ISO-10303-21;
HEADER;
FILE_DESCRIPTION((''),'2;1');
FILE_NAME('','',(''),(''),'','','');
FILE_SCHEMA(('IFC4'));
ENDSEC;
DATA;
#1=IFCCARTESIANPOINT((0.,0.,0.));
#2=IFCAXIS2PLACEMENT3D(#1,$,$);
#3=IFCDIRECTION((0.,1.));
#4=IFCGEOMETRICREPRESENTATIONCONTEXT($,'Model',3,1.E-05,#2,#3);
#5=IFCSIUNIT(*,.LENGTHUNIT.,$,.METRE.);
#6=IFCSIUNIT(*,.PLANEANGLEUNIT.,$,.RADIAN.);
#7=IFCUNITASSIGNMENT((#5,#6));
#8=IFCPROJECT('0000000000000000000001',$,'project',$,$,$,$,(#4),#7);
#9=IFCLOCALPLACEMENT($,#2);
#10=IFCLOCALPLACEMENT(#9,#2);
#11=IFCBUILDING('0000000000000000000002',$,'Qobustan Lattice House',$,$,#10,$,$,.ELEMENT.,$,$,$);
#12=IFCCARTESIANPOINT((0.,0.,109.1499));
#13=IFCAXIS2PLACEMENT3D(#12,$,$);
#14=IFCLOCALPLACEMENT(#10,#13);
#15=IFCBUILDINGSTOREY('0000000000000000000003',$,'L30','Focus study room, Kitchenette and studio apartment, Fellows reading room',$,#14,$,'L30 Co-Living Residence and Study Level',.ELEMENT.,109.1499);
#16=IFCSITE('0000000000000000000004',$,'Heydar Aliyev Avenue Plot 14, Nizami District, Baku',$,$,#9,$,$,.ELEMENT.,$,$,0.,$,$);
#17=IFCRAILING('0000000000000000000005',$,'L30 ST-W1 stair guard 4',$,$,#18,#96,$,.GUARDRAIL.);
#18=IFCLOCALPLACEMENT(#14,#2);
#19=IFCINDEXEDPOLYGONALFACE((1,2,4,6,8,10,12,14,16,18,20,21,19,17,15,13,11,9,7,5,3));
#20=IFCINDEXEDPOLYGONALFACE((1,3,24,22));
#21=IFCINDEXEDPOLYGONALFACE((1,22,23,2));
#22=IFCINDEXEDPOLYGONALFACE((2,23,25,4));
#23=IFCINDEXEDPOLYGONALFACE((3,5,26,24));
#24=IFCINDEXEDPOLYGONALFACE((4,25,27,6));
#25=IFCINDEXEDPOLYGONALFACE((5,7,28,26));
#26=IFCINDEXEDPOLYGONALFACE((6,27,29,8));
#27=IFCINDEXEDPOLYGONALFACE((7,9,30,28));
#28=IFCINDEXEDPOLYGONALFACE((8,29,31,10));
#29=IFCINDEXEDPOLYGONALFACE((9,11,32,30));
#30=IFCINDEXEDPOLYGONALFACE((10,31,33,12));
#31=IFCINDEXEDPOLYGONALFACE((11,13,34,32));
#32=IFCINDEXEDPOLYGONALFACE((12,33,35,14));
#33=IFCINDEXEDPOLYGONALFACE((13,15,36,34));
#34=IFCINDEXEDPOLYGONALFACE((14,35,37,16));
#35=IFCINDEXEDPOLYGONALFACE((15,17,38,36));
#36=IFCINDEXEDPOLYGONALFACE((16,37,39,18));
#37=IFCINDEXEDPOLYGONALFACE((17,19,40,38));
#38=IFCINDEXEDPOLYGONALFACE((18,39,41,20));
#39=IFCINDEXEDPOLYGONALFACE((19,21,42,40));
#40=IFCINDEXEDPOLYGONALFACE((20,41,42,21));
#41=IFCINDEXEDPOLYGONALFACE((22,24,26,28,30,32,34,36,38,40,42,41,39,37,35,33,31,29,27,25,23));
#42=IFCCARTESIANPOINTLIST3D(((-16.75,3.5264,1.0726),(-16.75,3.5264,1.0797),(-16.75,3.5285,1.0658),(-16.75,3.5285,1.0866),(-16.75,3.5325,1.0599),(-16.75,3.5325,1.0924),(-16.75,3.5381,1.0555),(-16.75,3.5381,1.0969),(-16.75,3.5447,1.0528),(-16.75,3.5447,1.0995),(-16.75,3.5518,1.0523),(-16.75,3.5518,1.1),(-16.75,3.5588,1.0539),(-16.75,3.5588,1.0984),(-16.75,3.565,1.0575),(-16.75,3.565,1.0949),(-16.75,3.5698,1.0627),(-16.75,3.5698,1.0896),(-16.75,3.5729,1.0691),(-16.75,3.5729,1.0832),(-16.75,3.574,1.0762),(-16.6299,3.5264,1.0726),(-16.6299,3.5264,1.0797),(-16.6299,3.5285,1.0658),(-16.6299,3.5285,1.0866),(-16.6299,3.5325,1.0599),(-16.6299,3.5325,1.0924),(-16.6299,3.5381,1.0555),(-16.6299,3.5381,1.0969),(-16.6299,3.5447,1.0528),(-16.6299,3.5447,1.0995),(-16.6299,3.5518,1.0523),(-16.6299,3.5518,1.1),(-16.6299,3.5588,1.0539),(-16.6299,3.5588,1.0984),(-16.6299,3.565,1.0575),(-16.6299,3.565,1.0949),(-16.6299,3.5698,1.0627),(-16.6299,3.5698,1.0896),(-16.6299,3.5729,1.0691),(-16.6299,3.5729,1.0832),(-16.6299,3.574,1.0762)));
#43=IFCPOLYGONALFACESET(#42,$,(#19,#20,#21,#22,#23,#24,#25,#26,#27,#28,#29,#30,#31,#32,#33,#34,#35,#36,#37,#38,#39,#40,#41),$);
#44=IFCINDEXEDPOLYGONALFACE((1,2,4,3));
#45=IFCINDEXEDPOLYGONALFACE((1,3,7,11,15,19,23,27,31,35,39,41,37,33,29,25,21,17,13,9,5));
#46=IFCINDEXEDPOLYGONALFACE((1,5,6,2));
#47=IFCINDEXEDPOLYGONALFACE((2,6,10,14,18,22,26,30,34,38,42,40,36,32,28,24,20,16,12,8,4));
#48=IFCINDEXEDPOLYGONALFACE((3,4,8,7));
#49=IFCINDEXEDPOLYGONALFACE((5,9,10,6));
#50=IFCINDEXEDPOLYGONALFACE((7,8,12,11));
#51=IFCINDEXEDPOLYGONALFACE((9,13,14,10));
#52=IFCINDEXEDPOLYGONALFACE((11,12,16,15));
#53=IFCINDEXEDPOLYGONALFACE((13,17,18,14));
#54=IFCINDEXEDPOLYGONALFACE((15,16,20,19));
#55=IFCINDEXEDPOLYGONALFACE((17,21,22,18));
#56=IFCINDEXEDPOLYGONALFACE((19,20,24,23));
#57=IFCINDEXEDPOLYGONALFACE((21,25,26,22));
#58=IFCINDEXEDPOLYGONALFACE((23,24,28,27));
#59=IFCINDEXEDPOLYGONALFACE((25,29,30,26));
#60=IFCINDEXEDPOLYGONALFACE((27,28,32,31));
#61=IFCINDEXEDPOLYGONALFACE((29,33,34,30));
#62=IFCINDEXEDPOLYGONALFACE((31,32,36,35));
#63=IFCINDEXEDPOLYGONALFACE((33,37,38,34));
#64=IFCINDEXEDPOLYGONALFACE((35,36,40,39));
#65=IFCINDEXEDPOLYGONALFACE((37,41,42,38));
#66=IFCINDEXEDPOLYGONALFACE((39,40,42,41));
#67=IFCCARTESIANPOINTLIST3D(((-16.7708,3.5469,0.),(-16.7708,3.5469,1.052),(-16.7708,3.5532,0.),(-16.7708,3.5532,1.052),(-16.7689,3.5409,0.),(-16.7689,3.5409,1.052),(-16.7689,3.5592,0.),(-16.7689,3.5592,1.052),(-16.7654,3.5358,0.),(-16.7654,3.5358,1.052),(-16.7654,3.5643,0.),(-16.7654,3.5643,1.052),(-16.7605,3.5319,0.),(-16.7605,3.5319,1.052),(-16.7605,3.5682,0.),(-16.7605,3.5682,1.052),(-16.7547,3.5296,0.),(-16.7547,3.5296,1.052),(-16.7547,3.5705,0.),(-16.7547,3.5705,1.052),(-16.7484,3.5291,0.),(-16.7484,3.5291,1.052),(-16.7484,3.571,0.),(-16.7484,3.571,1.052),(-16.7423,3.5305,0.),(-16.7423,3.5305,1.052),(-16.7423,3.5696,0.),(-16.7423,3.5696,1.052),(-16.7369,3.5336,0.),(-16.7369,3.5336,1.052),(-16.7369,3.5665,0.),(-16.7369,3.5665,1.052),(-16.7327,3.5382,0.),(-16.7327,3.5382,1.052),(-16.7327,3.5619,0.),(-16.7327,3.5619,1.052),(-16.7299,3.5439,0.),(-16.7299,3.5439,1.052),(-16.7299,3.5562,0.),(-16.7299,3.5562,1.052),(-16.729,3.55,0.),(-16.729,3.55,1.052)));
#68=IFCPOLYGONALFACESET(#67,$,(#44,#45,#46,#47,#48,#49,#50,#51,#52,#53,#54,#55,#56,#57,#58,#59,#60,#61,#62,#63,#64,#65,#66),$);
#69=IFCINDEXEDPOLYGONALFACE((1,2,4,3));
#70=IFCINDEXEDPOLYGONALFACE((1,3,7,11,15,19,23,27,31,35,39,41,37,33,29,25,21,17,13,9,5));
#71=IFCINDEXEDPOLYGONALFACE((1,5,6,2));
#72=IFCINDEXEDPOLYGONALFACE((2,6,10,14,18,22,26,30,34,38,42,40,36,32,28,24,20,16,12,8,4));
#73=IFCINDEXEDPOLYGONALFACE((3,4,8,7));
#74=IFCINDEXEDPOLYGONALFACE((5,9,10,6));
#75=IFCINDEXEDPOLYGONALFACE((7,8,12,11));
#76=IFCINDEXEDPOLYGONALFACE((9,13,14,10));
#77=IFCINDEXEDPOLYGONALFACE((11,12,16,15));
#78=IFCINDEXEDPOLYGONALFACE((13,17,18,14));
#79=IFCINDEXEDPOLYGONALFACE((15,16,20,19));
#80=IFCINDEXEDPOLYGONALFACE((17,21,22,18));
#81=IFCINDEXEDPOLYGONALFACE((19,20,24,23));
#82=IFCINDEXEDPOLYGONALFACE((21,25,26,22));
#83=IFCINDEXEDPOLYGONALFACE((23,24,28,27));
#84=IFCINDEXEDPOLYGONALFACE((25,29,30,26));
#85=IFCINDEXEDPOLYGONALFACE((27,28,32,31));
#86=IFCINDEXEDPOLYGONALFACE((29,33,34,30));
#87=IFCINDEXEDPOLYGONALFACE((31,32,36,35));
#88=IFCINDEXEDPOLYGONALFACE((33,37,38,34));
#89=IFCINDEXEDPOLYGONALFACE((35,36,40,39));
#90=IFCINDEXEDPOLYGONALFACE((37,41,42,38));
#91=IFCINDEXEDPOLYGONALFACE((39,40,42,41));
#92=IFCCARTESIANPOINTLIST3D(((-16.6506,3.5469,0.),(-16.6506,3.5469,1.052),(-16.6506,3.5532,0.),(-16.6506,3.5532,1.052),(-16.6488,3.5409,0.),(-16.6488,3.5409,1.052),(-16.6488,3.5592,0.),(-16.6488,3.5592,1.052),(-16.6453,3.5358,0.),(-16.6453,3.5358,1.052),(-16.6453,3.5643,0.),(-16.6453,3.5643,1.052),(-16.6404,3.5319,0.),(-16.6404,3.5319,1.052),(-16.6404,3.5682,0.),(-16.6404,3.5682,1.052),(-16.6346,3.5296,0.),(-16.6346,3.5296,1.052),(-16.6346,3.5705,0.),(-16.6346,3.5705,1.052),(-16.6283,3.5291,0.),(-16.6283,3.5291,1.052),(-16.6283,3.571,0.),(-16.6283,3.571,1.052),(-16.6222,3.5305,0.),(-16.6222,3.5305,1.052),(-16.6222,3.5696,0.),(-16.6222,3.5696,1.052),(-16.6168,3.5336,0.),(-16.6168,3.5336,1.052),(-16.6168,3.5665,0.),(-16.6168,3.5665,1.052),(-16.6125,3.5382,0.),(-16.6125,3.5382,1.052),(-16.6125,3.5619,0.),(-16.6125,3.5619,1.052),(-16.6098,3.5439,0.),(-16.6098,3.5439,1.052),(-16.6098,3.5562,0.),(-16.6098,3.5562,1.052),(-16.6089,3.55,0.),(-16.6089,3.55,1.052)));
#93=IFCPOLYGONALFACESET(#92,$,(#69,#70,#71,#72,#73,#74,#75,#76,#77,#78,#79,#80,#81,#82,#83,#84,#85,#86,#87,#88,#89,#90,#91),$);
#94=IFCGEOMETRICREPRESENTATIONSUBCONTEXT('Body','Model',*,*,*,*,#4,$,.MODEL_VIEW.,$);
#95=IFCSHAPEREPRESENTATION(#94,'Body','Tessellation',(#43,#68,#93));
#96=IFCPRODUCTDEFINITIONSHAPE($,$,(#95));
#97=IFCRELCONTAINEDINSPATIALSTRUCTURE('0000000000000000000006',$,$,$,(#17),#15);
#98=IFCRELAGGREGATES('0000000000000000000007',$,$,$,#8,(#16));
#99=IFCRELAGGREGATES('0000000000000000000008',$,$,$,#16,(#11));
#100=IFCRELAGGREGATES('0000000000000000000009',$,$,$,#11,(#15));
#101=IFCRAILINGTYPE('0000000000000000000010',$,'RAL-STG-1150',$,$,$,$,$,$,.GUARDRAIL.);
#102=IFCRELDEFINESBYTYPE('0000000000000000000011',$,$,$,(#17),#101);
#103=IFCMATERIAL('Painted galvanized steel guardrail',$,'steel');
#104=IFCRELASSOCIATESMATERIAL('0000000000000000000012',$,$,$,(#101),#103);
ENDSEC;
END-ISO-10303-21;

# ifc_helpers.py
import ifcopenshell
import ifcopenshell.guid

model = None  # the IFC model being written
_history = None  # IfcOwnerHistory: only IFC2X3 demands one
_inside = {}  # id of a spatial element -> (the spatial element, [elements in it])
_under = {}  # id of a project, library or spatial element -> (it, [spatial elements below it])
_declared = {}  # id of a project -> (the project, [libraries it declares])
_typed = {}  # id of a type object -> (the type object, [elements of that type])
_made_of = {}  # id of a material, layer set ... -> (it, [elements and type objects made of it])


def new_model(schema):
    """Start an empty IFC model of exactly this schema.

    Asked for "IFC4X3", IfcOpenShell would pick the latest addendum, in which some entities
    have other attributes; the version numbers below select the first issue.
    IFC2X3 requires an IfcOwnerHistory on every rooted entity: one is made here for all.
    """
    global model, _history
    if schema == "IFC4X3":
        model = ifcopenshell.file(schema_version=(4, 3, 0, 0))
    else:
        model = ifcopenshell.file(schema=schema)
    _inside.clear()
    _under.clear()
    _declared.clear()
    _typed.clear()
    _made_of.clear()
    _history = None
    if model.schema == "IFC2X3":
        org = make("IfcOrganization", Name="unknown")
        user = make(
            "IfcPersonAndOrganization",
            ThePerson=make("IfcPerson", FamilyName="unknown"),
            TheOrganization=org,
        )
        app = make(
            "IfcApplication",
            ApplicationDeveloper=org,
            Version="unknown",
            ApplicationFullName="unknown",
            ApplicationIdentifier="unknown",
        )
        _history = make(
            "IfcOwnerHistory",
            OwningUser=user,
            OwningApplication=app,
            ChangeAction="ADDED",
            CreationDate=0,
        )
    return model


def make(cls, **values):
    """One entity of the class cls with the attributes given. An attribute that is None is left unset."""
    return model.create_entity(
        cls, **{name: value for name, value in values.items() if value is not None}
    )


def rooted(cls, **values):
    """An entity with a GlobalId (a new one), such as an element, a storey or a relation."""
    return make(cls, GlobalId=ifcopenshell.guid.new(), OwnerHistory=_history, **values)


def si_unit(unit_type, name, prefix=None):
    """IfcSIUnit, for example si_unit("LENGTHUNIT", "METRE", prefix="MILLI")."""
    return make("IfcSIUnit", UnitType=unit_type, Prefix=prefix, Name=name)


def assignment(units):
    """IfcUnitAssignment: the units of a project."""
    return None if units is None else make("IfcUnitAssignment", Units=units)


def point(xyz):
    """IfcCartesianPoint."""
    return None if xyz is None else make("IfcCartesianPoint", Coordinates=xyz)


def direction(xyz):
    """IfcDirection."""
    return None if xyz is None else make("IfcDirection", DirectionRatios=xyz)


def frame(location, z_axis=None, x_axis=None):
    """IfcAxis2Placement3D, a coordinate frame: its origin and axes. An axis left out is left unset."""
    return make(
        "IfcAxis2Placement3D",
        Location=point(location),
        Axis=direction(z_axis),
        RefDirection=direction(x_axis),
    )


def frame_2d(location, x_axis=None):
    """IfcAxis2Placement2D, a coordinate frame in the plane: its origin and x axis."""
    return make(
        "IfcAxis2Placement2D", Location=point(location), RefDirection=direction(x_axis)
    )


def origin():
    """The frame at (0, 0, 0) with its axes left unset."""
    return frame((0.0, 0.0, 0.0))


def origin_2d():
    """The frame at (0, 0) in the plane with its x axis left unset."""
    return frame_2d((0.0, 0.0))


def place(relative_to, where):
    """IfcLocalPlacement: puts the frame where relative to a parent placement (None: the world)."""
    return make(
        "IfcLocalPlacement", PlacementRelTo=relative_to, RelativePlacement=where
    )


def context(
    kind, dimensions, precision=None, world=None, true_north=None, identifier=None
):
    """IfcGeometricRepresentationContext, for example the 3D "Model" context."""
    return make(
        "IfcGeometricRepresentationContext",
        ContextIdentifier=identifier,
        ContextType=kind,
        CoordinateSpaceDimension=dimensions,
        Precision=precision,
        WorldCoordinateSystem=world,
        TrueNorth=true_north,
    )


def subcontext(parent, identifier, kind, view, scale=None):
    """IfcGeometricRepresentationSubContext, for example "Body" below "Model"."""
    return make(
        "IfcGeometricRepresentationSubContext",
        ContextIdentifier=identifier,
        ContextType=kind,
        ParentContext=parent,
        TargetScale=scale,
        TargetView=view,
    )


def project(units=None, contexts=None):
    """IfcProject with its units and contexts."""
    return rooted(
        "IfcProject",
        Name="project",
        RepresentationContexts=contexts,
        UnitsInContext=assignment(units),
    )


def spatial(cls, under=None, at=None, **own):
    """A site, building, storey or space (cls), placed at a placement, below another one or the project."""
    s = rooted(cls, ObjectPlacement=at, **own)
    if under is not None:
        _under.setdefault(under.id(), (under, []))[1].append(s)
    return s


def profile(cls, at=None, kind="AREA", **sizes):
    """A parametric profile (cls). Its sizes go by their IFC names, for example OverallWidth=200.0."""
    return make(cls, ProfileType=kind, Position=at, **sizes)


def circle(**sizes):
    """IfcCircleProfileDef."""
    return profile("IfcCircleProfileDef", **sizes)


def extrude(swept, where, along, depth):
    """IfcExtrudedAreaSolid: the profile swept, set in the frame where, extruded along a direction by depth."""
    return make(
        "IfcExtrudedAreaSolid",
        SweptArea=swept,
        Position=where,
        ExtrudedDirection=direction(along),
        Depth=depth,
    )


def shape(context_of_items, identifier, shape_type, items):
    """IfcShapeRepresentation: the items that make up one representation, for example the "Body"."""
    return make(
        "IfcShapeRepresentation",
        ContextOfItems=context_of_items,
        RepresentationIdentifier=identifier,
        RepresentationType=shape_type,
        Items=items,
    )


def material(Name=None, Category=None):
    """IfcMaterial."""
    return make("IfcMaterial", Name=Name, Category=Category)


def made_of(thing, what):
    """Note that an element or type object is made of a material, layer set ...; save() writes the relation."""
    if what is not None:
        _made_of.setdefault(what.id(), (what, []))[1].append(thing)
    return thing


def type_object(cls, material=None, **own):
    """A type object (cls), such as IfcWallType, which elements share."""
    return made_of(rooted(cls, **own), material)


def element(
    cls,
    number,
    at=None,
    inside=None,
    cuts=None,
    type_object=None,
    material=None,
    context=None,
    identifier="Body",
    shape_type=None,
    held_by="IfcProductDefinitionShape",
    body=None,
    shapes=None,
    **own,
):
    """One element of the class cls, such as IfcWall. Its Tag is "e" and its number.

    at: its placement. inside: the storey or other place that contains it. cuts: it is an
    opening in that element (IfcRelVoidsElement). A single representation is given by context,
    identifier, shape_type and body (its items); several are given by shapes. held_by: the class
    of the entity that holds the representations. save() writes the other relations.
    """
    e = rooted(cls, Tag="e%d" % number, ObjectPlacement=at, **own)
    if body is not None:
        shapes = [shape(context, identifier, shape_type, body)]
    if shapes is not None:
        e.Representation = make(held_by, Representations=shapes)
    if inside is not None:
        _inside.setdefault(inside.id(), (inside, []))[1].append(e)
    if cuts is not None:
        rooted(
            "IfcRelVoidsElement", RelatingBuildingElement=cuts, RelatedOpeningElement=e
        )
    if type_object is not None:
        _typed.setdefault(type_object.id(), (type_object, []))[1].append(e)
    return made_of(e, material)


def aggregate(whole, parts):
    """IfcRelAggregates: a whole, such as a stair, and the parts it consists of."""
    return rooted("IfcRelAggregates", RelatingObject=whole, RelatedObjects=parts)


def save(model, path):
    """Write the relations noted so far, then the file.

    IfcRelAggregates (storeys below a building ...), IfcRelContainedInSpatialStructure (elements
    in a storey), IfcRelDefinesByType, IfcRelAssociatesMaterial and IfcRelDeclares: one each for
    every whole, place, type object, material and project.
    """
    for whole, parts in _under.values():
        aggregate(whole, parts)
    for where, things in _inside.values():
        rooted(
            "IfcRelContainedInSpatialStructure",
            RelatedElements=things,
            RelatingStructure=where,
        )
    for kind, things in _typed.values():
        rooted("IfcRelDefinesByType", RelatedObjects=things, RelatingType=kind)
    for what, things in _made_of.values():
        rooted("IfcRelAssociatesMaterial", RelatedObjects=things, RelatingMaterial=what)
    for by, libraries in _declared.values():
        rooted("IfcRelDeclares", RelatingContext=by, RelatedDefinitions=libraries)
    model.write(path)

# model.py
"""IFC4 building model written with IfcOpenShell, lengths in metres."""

from ifc_helpers import new_model, si_unit, direction, frame, origin, origin_2d, place, context, subcontext, project, spatial, circle, extrude, material, type_object, element, save


model = new_model("IFC4")

# Units and contexts
model_context = context("Model", 3, precision=1e-05, world=origin(), true_north=direction((0.0, 1.0)))
body_context = subcontext(model_context, "Body", "Model", "MODEL_VIEW")
ifc_project = project(units=[si_unit("LENGTHUNIT", "METRE"), si_unit("PLANEANGLEUNIT", "RADIAN")], contexts=[model_context])

# Site, building, storey
site_placement = place(None, origin())
site = spatial("IfcSite", under=ifc_project, at=site_placement, Name="Heydar Aliyev Avenue Plot 14, Nizami District, Baku", CompositionType="ELEMENT", RefElevation=0.0)
building_placement = place(site_placement, origin())
building = spatial("IfcBuilding", under=site, at=building_placement, Name="Qobustan Lattice House", CompositionType="ELEMENT")
storey_placement = place(building_placement, frame((0.0, 0.0, 109.1499)))
storey = spatial("IfcBuildingStorey", under=building, at=storey_placement, Name="L30", Description="Focus study room, Kitchenette and studio apartment, Fellows reading room", LongName="L30 Co-Living Residence and Study Level", CompositionType="ELEMENT", Elevation=109.1499)

# Railing
ifc_material_1 = material(Name="Painted galvanized steel guardrail", Category="steel")
railing_type_1 = type_object("IfcRailingType", Name="RAL-STG-1150", PredefinedType="GUARDRAIL", material=ifc_material_1)
railing_1_placement = place(storey_placement, frame((-16.75, 3.55, 0.0)))
element("IfcRailing", 1, at=railing_1_placement, inside=storey, type_object=railing_type_1, Name="L30 ST-W1 stair guard 4", PredefinedType="GUARDRAIL", context=body_context, shape_type="SweptSolid", body=[
    extrude(circle(Radius=0.0239, at=origin_2d()), frame((0.0, 0.0, 1.0762), z_axis=(1.0, 0.0, 0.0), x_axis=(0.0, 1.0, 0.0)), (0.0, 0.0, 1.0), 0.1201),
    extrude(circle(Radius=0.021, at=origin_2d()), origin(), (0.0, 0.0, 1.0), 1.052),
    extrude(circle(Radius=0.021, at=origin_2d()), frame((0.1201, 0.0, 0.0)), (0.0, 0.0, 1.0), 1.052),
])

save(model, "model.ifc")
